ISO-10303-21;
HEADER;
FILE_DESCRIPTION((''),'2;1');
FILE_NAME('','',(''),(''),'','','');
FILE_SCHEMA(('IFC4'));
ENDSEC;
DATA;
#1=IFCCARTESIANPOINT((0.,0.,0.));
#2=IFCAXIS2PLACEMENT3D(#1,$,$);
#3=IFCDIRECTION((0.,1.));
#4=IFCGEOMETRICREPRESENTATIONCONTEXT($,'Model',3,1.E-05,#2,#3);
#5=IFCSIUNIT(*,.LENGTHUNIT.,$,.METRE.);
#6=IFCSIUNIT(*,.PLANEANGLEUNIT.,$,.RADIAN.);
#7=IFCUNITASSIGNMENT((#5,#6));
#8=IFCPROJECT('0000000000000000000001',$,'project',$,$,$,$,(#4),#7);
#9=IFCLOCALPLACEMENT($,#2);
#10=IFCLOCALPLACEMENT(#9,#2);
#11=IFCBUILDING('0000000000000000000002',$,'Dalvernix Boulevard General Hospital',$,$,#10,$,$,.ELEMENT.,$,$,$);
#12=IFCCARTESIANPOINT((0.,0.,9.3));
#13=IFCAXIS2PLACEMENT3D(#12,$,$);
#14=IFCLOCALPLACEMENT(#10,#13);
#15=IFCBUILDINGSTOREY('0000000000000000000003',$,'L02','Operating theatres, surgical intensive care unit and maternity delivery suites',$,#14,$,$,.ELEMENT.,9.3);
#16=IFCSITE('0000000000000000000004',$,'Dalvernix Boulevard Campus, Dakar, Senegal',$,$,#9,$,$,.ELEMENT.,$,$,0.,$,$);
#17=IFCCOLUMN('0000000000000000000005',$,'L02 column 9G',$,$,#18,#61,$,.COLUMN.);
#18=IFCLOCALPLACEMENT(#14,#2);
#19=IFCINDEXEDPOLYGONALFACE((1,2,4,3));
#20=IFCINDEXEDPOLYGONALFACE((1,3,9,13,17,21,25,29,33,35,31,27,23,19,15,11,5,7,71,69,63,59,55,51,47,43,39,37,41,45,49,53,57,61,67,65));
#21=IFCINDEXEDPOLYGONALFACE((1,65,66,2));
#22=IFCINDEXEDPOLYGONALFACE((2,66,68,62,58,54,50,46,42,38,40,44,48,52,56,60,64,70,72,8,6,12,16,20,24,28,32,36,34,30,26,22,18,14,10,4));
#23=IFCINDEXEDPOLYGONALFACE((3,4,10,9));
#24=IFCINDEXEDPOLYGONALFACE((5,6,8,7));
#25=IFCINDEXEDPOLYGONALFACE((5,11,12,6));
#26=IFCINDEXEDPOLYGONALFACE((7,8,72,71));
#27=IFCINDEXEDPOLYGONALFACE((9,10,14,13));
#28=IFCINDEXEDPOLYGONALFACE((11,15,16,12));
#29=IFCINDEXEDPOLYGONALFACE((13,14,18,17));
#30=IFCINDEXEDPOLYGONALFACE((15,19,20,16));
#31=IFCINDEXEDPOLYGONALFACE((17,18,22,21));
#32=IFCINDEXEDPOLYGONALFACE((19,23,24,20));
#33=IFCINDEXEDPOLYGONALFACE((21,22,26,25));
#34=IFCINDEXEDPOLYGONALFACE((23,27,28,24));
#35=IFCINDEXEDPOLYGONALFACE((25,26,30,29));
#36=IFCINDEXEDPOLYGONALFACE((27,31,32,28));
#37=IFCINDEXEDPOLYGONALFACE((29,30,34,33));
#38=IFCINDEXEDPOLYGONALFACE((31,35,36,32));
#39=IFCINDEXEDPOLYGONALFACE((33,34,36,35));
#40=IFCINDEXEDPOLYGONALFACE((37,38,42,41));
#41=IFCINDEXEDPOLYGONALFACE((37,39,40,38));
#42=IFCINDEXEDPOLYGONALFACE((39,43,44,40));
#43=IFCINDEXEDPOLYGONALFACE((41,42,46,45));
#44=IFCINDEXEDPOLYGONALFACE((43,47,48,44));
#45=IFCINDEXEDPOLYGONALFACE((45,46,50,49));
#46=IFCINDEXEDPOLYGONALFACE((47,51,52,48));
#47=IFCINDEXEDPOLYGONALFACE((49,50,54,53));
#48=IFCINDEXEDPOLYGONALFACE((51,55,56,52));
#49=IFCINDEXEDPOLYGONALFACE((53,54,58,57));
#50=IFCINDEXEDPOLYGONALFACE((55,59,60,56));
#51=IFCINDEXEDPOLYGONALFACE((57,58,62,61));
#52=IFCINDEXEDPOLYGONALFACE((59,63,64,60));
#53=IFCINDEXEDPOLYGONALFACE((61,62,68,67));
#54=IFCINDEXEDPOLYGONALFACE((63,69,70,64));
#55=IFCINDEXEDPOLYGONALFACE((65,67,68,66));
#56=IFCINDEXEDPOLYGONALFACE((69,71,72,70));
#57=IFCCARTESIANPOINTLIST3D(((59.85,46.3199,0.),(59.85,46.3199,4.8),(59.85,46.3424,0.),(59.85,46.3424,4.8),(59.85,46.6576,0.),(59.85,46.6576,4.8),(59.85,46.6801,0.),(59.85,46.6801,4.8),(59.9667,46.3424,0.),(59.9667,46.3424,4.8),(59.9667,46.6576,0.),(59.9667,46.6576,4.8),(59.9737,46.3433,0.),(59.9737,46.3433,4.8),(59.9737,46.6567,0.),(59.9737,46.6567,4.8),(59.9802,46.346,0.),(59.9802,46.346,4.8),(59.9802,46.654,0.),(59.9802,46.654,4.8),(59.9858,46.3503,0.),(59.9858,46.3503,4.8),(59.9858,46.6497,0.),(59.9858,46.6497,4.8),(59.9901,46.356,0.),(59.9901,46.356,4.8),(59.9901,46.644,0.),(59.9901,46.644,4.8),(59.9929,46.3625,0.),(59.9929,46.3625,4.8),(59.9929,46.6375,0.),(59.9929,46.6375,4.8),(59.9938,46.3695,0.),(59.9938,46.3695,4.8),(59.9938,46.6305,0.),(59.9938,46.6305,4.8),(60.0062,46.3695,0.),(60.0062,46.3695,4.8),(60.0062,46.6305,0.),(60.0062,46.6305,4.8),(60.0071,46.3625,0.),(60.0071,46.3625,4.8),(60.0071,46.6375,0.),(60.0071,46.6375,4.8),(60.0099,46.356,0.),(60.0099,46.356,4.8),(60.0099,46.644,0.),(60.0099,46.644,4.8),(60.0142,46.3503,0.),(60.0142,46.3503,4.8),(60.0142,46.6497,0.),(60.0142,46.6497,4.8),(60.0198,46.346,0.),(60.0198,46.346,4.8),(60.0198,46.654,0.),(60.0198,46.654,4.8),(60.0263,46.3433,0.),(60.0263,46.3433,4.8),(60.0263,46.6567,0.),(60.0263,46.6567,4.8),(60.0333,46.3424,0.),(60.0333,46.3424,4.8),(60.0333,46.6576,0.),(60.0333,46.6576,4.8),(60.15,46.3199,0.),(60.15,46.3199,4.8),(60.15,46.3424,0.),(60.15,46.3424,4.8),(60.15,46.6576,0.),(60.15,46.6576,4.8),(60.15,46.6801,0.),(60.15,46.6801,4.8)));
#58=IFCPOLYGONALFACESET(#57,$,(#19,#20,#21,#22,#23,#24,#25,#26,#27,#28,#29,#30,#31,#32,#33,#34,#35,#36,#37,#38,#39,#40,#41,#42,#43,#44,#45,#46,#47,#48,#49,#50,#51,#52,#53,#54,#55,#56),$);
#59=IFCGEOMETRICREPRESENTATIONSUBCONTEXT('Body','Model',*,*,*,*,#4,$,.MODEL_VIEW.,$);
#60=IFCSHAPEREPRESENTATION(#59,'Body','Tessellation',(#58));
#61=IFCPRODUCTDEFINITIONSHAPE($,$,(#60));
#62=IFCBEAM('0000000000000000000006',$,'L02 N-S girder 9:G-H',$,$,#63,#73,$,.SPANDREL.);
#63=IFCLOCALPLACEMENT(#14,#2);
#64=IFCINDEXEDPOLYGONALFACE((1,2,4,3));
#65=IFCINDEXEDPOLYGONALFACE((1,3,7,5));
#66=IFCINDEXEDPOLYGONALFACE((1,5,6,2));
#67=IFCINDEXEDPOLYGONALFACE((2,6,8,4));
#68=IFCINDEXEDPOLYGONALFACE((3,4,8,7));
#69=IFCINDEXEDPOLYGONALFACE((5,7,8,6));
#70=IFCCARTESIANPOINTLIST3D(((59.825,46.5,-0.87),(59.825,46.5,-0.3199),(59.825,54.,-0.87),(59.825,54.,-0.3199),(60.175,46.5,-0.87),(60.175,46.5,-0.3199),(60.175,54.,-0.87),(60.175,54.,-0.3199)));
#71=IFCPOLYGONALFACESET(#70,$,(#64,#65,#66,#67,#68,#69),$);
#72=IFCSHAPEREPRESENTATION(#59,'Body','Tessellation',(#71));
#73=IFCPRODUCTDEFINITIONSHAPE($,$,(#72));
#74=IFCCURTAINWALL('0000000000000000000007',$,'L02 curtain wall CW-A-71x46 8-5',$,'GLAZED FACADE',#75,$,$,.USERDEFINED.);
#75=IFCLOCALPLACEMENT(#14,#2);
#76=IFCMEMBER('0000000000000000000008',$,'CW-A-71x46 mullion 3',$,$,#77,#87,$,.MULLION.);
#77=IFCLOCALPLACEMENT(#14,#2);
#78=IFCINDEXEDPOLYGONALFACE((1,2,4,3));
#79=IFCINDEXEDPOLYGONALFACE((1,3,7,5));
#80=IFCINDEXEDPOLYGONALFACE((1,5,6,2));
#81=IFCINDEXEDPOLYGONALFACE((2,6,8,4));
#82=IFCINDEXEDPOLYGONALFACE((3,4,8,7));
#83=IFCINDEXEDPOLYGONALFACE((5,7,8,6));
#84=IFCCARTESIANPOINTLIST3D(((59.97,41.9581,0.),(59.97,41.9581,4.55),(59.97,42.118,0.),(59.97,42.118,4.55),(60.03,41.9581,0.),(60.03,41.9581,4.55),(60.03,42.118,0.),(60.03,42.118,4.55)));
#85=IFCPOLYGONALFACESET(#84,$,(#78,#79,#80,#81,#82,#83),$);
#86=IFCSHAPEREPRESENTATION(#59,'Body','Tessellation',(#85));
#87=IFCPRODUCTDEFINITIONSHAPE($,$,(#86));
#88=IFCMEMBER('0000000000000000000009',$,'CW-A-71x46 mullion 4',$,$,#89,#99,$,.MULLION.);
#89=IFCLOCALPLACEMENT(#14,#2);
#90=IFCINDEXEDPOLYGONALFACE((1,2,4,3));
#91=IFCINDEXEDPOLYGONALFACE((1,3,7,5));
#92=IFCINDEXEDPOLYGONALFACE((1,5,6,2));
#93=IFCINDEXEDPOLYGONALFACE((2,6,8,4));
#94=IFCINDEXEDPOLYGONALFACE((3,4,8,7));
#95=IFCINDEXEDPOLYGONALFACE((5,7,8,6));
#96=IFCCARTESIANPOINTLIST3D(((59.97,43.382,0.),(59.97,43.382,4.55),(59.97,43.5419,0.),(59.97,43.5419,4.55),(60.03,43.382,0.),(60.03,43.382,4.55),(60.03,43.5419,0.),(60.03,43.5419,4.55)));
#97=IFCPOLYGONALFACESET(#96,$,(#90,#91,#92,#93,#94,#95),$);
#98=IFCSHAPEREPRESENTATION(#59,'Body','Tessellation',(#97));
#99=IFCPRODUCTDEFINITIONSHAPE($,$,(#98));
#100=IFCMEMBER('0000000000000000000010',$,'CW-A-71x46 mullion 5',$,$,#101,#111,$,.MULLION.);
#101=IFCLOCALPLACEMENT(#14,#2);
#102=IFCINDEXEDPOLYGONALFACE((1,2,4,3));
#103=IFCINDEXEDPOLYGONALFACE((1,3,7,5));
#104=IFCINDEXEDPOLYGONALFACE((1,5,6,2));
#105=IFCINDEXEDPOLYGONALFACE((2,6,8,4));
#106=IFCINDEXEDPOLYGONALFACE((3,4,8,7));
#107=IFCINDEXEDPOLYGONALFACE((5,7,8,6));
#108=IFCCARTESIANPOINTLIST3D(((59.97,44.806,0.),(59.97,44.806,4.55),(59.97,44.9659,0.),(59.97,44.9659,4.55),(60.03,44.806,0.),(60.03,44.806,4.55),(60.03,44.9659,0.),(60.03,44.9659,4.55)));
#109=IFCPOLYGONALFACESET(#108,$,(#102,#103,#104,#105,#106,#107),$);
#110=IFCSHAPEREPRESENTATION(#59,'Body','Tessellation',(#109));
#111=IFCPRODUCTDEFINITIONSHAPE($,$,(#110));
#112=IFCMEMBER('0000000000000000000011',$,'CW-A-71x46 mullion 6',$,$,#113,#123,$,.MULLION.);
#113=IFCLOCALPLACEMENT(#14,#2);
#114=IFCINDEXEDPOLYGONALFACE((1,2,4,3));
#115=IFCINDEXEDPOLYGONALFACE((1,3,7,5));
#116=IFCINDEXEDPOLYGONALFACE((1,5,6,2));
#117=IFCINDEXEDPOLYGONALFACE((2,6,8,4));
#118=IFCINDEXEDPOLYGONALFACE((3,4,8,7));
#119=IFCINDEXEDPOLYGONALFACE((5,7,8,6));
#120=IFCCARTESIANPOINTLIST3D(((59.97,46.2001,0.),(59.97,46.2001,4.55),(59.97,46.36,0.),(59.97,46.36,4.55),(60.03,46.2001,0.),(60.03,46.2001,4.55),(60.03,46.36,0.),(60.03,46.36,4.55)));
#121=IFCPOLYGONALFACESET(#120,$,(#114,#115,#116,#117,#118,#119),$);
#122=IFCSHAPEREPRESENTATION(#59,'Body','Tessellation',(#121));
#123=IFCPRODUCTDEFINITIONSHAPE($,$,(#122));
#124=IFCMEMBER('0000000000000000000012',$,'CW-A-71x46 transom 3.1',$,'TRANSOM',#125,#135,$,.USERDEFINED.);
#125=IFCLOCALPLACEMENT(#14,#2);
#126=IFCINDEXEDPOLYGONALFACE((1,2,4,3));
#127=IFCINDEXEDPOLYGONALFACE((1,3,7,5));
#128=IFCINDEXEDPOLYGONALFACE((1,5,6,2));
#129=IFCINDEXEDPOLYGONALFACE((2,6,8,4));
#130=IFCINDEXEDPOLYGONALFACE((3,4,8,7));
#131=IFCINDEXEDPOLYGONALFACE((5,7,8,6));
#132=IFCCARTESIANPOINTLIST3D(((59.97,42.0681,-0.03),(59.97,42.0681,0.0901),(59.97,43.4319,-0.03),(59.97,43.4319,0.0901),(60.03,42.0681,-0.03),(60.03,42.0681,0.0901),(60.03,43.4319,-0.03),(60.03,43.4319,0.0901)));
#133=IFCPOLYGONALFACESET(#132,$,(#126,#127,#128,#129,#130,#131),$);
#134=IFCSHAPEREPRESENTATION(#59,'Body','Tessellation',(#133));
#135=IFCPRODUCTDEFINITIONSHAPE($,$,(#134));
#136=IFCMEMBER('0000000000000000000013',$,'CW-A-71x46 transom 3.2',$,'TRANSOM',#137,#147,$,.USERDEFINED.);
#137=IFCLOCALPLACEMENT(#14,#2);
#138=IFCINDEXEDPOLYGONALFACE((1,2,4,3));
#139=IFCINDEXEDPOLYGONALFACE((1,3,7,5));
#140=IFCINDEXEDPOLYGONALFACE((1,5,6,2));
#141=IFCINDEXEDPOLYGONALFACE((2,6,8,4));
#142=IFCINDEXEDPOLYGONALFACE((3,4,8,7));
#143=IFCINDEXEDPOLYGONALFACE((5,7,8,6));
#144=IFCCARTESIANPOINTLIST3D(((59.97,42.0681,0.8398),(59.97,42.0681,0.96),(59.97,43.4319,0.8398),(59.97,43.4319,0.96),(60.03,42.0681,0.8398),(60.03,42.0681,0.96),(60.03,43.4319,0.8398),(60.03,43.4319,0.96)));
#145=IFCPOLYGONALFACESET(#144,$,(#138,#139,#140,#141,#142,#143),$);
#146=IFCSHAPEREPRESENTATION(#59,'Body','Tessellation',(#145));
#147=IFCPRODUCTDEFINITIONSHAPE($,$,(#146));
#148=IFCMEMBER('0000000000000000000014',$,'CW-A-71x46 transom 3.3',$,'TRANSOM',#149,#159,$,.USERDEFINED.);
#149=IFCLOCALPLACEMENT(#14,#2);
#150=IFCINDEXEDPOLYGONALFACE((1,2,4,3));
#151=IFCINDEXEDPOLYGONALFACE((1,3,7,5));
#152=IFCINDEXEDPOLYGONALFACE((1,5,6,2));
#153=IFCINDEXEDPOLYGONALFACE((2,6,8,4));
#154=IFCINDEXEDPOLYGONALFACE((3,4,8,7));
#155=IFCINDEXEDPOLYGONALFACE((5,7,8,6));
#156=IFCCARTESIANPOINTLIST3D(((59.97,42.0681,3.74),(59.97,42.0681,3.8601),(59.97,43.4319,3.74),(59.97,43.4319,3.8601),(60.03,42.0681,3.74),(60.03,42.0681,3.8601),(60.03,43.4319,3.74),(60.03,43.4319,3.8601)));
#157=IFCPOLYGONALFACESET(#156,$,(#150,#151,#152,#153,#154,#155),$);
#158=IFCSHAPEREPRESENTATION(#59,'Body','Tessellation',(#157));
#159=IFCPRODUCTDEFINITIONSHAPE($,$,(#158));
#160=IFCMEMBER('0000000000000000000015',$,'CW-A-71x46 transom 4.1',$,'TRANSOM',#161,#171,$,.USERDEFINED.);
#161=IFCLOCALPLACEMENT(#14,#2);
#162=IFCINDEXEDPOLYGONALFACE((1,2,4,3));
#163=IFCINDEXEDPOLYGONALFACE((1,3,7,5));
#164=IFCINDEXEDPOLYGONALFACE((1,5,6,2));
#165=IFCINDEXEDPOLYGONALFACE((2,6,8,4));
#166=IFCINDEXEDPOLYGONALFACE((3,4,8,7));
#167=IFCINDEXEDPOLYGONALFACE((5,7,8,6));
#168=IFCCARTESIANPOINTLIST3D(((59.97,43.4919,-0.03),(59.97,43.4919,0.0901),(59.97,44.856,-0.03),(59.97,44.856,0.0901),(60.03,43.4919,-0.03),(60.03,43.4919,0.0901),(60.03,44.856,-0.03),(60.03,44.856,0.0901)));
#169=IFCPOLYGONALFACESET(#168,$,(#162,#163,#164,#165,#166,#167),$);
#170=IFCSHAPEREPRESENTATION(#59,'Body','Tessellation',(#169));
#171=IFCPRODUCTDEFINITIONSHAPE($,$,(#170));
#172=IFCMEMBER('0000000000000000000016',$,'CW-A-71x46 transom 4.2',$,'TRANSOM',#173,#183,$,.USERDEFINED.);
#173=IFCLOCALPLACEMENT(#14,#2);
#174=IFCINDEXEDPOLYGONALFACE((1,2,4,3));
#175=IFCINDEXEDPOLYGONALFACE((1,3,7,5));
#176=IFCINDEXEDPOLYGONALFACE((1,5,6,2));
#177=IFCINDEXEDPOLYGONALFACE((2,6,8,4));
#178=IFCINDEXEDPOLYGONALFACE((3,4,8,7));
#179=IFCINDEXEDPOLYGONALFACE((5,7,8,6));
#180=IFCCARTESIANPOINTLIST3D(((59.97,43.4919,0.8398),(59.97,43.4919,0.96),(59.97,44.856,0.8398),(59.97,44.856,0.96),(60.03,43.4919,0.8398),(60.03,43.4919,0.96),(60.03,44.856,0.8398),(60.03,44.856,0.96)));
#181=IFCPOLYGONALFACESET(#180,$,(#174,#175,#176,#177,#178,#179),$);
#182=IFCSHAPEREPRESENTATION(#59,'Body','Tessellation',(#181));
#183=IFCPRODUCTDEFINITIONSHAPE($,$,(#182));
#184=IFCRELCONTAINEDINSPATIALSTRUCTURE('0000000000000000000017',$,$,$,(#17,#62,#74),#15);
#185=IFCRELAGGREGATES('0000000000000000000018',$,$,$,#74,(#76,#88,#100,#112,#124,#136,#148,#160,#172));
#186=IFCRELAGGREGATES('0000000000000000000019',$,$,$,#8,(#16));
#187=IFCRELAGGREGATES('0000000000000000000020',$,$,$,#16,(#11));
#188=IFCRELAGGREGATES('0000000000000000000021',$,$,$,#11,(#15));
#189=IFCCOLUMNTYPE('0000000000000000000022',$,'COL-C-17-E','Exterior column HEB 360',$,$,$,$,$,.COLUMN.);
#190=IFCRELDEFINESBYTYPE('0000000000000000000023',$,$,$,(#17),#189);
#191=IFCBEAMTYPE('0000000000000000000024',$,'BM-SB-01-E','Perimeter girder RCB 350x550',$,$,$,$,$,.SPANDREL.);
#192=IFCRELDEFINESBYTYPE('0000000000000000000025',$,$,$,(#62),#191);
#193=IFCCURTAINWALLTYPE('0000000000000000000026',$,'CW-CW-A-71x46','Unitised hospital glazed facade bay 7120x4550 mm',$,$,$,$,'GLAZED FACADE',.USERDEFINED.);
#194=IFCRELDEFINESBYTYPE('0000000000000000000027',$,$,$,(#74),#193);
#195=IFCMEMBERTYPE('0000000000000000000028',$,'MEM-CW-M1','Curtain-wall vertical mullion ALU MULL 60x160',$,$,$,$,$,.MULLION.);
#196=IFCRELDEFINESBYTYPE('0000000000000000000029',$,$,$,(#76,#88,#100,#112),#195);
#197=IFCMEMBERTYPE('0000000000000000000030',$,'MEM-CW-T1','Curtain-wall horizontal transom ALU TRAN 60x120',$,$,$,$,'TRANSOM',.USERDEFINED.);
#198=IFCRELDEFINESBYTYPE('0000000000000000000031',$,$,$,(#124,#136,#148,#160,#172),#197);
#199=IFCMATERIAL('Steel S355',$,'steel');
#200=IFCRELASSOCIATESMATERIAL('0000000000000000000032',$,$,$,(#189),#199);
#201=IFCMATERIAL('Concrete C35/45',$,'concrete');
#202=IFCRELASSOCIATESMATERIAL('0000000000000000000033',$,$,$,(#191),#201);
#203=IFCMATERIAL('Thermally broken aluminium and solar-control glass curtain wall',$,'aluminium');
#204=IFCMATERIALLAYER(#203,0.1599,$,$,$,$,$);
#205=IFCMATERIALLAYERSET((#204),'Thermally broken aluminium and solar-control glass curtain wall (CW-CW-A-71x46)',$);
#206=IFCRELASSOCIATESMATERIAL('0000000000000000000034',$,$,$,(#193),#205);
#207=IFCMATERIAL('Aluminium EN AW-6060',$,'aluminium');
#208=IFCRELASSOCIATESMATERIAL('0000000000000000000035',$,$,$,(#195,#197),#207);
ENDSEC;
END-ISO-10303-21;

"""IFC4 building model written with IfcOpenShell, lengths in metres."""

from ifc_helpers import new_model, si_unit, direction, frame, origin, origin_2d, place, context, subcontext, project, spatial, rectangle, i_section, extrude, material, layer, layer_set, material_profile, profile_set, type_object, element, aggregate, save


model = new_model("IFC4")

# Units and contexts
model_context = context("Model", 3, precision=1e-05, world=origin(), true_north=direction((0.0, 1.0)))
body_context = subcontext(model_context, "Body", "Model", "MODEL_VIEW")
ifc_project = project(units=[si_unit("LENGTHUNIT", "METRE"), si_unit("PLANEANGLEUNIT", "RADIAN")], contexts=[model_context])

# Site, building, storey
site_placement = place(None, origin())
site = spatial("IfcSite", under=ifc_project, at=site_placement, Name="Dalvernix Boulevard Campus, Dakar, Senegal", CompositionType="ELEMENT", RefElevation=0.0)
building_placement = place(site_placement, origin())
building = spatial("IfcBuilding", under=site, at=building_placement, Name="Dalvernix Boulevard General Hospital", CompositionType="ELEMENT")
storey_placement = place(building_placement, frame((0.0, 0.0, 9.3)))
storey = spatial("IfcBuildingStorey", under=building, at=storey_placement, Name="L02", Description="Operating theatres, surgical intensive care unit and maternity delivery suites", CompositionType="ELEMENT", Elevation=9.3)

# Column
ifc_material_1 = material(Name="Steel S355", Category="steel")
ifc_material_profile_1 = material_profile(ifc_material_1, i_section(OverallWidth=0.3, OverallDepth=0.3601, WebThickness=0.0125, FlangeThickness=0.0225, FilletRadius=0.0271, at=origin_2d()), Name="HEB 360")
ifc_profile_set_1 = profile_set([ifc_material_profile_1], Name="Steel S355")
column_type = type_object("IfcColumnType", Name="COL-C-17-E", Description="Exterior column HEB 360", PredefinedType="COLUMN", material=ifc_profile_set_1)
column_placement = place(storey_placement, frame((60.0, 46.5, 0.0), z_axis=(0.0, 0.0, 1.0), x_axis=(1.0, 0.0, 0.0)))
element("IfcColumn", 1, at=column_placement, inside=storey, type_object=column_type, Name="L02 column 9G", PredefinedType="COLUMN", context=body_context, shape_type="SweptSolid", body=[
    extrude(i_section(OverallWidth=0.3, OverallDepth=0.3601, WebThickness=0.0125, FlangeThickness=0.0225, FilletRadius=0.0271, at=origin_2d()), origin(), (0.0, 0.0, 1.0), 4.8),
])

# Beam
ifc_material_2 = material(Name="Concrete C35/45", Category="concrete")
ifc_material_profile_2 = material_profile(ifc_material_2, rectangle(XDim=0.3501, YDim=0.55, at=origin_2d()), Name="RCB 350x550")
ifc_profile_set_2 = profile_set([ifc_material_profile_2], Name="Concrete C35/45")
beam_type = type_object("IfcBeamType", Name="BM-SB-01-E", Description="Perimeter girder RCB 350x550", PredefinedType="SPANDREL", material=ifc_profile_set_2)
beam_placement = place(storey_placement, frame((60.0, 46.5, -0.595), z_axis=(0.0, 1.0, 0.0), x_axis=(-1.0, 0.0, 0.0)))
element("IfcBeam", 2, at=beam_placement, inside=storey, type_object=beam_type, Name="L02 N-S girder 9:G-H", PredefinedType="SPANDREL", context=body_context, shape_type="SweptSolid", body=[
    extrude(rectangle(XDim=0.3501, YDim=0.55, at=origin_2d()), origin(), (0.0, 0.0, 1.0), 7.5),
])

# Curtain wall, members
ifc_material_3 = material(Name="Thermally broken aluminium and solar-control glass curtain wall", Category="aluminium")
ifc_layer_1 = layer(ifc_material_3, 0.1599)
ifc_layer_set_1 = layer_set([ifc_layer_1], Name="Thermally broken aluminium and solar-control glass curtain wall (CW-CW-A-71x46)")
curtain_wall_type = type_object("IfcCurtainWallType", Name="CW-CW-A-71x46", Description="Unitised hospital glazed facade bay 7120x4550 mm", ElementType="GLAZED FACADE", PredefinedType="USERDEFINED", material=ifc_layer_set_1)
curtain_wall_placement = place(storey_placement, origin())
curtain_wall = element("IfcCurtainWall", 3, at=curtain_wall_placement, inside=storey, type_object=curtain_wall_type, Name="L02 curtain wall CW-A-71x46 8-5", ObjectType="GLAZED FACADE", PredefinedType="USERDEFINED")
ifc_material_4 = material(Name="Aluminium EN AW-6060", Category="aluminium")
ifc_material_profile_3 = material_profile(ifc_material_4, rectangle(XDim=0.0601, YDim=0.1599, at=origin_2d()), Name="ALU MULL 60x160")
ifc_profile_set_3 = profile_set([ifc_material_profile_3], Name="Aluminium EN AW-6060")
member_type_1 = type_object("IfcMemberType", Name="MEM-CW-M1", Description="Curtain-wall vertical mullion ALU MULL 60x160", PredefinedType="MULLION", material=ifc_profile_set_3)
member_1_placement = place(storey_placement, frame((60.0, 42.0381, 0.0), z_axis=(0.0, 0.0, 1.0), x_axis=(-1.0, 0.0, 0.0)))
member_1 = element("IfcMember", 4, at=member_1_placement, type_object=member_type_1, Name="CW-A-71x46 mullion 3", PredefinedType="MULLION", context=body_context, shape_type="SweptSolid", body=[
    extrude(rectangle(XDim=0.0601, YDim=0.1599, at=origin_2d()), origin(), (0.0, 0.0, 1.0), 4.55),
])
member_2_placement = place(storey_placement, frame((60.0, 43.4619, 0.0), z_axis=(0.0, 0.0, 1.0), x_axis=(-1.0, 0.0, 0.0)))
member_2 = element("IfcMember", 5, at=member_2_placement, type_object=member_type_1, Name="CW-A-71x46 mullion 4", PredefinedType="MULLION", context=body_context, shape_type="SweptSolid", body=[
    extrude(rectangle(XDim=0.0601, YDim=0.1599, at=origin_2d()), origin(), (0.0, 0.0, 1.0), 4.55),
])
member_3_placement = place(storey_placement, frame((60.0, 44.886, 0.0), z_axis=(0.0, 0.0, 1.0), x_axis=(-1.0, 0.0, 0.0)))
member_3 = element("IfcMember", 6, at=member_3_placement, type_object=member_type_1, Name="CW-A-71x46 mullion 5", PredefinedType="MULLION", context=body_context, shape_type="SweptSolid", body=[
    extrude(rectangle(XDim=0.0601, YDim=0.1599, at=origin_2d()), origin(), (0.0, 0.0, 1.0), 4.55),
])
member_4_placement = place(storey_placement, frame((60.0, 46.28, 0.0), z_axis=(0.0, 0.0, 1.0), x_axis=(-1.0, 0.0, 0.0)))
member_4 = element("IfcMember", 7, at=member_4_placement, type_object=member_type_1, Name="CW-A-71x46 mullion 6", PredefinedType="MULLION", context=body_context, shape_type="SweptSolid", body=[
    extrude(rectangle(XDim=0.0601, YDim=0.1599, at=origin_2d()), origin(), (0.0, 0.0, 1.0), 4.55),
])
ifc_material_profile_4 = material_profile(ifc_material_4, rectangle(XDim=0.0601, YDim=0.1201, at=origin_2d()), Name="ALU TRAN 60x120")
ifc_profile_set_4 = profile_set([ifc_material_profile_4], Name="Aluminium EN AW-6060")
member_type_2 = type_object("IfcMemberType", Name="MEM-CW-T1", Description="Curtain-wall horizontal transom ALU TRAN 60x120", ElementType="TRANSOM", PredefinedType="USERDEFINED", material=ifc_profile_set_4)
member_5_placement = place(storey_placement, frame((60.0, 42.0681, 0.03), z_axis=(0.0, 1.0, 0.0), x_axis=(-1.0, 0.0, 0.0)))
member_5 = element("IfcMember", 8, at=member_5_placement, type_object=member_type_2, Name="CW-A-71x46 transom 3.1", ObjectType="TRANSOM", PredefinedType="USERDEFINED", context=body_context, shape_type="SweptSolid", body=[
    extrude(rectangle(XDim=0.0601, YDim=0.1201, at=origin_2d()), origin(), (0.0, 0.0, 1.0), 1.3638),
])
member_6_placement = place(storey_placement, frame((60.0, 42.0681, 0.8999), z_axis=(0.0, 1.0, 0.0), x_axis=(-1.0, 0.0, 0.0)))
member_6 = element("IfcMember", 9, at=member_6_placement, type_object=member_type_2, Name="CW-A-71x46 transom 3.2", ObjectType="TRANSOM", PredefinedType="USERDEFINED", context=body_context, shape_type="SweptSolid", body=[
    extrude(rectangle(XDim=0.0601, YDim=0.1201, at=origin_2d()), origin(), (0.0, 0.0, 1.0), 1.3638),
])
member_7_placement = place(storey_placement, frame((60.0, 42.0681, 3.8), z_axis=(0.0, 1.0, 0.0), x_axis=(-1.0, 0.0, 0.0)))
member_7 = element("IfcMember", 10, at=member_7_placement, type_object=member_type_2, Name="CW-A-71x46 transom 3.3", ObjectType="TRANSOM", PredefinedType="USERDEFINED", context=body_context, shape_type="SweptSolid", body=[
    extrude(rectangle(XDim=0.0601, YDim=0.1201, at=origin_2d()), origin(), (0.0, 0.0, 1.0), 1.3638),
])
member_8_placement = place(storey_placement, frame((60.0, 43.4919, 0.03), z_axis=(0.0, 1.0, 0.0), x_axis=(-1.0, 0.0, 0.0)))
member_8 = element("IfcMember", 11, at=member_8_placement, type_object=member_type_2, Name="CW-A-71x46 transom 4.1", ObjectType="TRANSOM", PredefinedType="USERDEFINED", context=body_context, shape_type="SweptSolid", body=[
    extrude(rectangle(XDim=0.0601, YDim=0.1201, at=origin_2d()), origin(), (0.0, 0.0, 1.0), 1.364),
])
member_9_placement = place(storey_placement, frame((60.0, 43.4919, 0.8999), z_axis=(0.0, 1.0, 0.0), x_axis=(-1.0, 0.0, 0.0)))
member_9 = element("IfcMember", 12, at=member_9_placement, type_object=member_type_2, Name="CW-A-71x46 transom 4.2", ObjectType="TRANSOM", PredefinedType="USERDEFINED", context=body_context, shape_type="SweptSolid", body=[
    extrude(rectangle(XDim=0.0601, YDim=0.1201, at=origin_2d()), origin(), (0.0, 0.0, 1.0), 1.364),
])
aggregate(curtain_wall, [member_1, member_2, member_3, member_4, member_5, member_6, member_7, member_8, member_9])

save(model, "model.ifc")
